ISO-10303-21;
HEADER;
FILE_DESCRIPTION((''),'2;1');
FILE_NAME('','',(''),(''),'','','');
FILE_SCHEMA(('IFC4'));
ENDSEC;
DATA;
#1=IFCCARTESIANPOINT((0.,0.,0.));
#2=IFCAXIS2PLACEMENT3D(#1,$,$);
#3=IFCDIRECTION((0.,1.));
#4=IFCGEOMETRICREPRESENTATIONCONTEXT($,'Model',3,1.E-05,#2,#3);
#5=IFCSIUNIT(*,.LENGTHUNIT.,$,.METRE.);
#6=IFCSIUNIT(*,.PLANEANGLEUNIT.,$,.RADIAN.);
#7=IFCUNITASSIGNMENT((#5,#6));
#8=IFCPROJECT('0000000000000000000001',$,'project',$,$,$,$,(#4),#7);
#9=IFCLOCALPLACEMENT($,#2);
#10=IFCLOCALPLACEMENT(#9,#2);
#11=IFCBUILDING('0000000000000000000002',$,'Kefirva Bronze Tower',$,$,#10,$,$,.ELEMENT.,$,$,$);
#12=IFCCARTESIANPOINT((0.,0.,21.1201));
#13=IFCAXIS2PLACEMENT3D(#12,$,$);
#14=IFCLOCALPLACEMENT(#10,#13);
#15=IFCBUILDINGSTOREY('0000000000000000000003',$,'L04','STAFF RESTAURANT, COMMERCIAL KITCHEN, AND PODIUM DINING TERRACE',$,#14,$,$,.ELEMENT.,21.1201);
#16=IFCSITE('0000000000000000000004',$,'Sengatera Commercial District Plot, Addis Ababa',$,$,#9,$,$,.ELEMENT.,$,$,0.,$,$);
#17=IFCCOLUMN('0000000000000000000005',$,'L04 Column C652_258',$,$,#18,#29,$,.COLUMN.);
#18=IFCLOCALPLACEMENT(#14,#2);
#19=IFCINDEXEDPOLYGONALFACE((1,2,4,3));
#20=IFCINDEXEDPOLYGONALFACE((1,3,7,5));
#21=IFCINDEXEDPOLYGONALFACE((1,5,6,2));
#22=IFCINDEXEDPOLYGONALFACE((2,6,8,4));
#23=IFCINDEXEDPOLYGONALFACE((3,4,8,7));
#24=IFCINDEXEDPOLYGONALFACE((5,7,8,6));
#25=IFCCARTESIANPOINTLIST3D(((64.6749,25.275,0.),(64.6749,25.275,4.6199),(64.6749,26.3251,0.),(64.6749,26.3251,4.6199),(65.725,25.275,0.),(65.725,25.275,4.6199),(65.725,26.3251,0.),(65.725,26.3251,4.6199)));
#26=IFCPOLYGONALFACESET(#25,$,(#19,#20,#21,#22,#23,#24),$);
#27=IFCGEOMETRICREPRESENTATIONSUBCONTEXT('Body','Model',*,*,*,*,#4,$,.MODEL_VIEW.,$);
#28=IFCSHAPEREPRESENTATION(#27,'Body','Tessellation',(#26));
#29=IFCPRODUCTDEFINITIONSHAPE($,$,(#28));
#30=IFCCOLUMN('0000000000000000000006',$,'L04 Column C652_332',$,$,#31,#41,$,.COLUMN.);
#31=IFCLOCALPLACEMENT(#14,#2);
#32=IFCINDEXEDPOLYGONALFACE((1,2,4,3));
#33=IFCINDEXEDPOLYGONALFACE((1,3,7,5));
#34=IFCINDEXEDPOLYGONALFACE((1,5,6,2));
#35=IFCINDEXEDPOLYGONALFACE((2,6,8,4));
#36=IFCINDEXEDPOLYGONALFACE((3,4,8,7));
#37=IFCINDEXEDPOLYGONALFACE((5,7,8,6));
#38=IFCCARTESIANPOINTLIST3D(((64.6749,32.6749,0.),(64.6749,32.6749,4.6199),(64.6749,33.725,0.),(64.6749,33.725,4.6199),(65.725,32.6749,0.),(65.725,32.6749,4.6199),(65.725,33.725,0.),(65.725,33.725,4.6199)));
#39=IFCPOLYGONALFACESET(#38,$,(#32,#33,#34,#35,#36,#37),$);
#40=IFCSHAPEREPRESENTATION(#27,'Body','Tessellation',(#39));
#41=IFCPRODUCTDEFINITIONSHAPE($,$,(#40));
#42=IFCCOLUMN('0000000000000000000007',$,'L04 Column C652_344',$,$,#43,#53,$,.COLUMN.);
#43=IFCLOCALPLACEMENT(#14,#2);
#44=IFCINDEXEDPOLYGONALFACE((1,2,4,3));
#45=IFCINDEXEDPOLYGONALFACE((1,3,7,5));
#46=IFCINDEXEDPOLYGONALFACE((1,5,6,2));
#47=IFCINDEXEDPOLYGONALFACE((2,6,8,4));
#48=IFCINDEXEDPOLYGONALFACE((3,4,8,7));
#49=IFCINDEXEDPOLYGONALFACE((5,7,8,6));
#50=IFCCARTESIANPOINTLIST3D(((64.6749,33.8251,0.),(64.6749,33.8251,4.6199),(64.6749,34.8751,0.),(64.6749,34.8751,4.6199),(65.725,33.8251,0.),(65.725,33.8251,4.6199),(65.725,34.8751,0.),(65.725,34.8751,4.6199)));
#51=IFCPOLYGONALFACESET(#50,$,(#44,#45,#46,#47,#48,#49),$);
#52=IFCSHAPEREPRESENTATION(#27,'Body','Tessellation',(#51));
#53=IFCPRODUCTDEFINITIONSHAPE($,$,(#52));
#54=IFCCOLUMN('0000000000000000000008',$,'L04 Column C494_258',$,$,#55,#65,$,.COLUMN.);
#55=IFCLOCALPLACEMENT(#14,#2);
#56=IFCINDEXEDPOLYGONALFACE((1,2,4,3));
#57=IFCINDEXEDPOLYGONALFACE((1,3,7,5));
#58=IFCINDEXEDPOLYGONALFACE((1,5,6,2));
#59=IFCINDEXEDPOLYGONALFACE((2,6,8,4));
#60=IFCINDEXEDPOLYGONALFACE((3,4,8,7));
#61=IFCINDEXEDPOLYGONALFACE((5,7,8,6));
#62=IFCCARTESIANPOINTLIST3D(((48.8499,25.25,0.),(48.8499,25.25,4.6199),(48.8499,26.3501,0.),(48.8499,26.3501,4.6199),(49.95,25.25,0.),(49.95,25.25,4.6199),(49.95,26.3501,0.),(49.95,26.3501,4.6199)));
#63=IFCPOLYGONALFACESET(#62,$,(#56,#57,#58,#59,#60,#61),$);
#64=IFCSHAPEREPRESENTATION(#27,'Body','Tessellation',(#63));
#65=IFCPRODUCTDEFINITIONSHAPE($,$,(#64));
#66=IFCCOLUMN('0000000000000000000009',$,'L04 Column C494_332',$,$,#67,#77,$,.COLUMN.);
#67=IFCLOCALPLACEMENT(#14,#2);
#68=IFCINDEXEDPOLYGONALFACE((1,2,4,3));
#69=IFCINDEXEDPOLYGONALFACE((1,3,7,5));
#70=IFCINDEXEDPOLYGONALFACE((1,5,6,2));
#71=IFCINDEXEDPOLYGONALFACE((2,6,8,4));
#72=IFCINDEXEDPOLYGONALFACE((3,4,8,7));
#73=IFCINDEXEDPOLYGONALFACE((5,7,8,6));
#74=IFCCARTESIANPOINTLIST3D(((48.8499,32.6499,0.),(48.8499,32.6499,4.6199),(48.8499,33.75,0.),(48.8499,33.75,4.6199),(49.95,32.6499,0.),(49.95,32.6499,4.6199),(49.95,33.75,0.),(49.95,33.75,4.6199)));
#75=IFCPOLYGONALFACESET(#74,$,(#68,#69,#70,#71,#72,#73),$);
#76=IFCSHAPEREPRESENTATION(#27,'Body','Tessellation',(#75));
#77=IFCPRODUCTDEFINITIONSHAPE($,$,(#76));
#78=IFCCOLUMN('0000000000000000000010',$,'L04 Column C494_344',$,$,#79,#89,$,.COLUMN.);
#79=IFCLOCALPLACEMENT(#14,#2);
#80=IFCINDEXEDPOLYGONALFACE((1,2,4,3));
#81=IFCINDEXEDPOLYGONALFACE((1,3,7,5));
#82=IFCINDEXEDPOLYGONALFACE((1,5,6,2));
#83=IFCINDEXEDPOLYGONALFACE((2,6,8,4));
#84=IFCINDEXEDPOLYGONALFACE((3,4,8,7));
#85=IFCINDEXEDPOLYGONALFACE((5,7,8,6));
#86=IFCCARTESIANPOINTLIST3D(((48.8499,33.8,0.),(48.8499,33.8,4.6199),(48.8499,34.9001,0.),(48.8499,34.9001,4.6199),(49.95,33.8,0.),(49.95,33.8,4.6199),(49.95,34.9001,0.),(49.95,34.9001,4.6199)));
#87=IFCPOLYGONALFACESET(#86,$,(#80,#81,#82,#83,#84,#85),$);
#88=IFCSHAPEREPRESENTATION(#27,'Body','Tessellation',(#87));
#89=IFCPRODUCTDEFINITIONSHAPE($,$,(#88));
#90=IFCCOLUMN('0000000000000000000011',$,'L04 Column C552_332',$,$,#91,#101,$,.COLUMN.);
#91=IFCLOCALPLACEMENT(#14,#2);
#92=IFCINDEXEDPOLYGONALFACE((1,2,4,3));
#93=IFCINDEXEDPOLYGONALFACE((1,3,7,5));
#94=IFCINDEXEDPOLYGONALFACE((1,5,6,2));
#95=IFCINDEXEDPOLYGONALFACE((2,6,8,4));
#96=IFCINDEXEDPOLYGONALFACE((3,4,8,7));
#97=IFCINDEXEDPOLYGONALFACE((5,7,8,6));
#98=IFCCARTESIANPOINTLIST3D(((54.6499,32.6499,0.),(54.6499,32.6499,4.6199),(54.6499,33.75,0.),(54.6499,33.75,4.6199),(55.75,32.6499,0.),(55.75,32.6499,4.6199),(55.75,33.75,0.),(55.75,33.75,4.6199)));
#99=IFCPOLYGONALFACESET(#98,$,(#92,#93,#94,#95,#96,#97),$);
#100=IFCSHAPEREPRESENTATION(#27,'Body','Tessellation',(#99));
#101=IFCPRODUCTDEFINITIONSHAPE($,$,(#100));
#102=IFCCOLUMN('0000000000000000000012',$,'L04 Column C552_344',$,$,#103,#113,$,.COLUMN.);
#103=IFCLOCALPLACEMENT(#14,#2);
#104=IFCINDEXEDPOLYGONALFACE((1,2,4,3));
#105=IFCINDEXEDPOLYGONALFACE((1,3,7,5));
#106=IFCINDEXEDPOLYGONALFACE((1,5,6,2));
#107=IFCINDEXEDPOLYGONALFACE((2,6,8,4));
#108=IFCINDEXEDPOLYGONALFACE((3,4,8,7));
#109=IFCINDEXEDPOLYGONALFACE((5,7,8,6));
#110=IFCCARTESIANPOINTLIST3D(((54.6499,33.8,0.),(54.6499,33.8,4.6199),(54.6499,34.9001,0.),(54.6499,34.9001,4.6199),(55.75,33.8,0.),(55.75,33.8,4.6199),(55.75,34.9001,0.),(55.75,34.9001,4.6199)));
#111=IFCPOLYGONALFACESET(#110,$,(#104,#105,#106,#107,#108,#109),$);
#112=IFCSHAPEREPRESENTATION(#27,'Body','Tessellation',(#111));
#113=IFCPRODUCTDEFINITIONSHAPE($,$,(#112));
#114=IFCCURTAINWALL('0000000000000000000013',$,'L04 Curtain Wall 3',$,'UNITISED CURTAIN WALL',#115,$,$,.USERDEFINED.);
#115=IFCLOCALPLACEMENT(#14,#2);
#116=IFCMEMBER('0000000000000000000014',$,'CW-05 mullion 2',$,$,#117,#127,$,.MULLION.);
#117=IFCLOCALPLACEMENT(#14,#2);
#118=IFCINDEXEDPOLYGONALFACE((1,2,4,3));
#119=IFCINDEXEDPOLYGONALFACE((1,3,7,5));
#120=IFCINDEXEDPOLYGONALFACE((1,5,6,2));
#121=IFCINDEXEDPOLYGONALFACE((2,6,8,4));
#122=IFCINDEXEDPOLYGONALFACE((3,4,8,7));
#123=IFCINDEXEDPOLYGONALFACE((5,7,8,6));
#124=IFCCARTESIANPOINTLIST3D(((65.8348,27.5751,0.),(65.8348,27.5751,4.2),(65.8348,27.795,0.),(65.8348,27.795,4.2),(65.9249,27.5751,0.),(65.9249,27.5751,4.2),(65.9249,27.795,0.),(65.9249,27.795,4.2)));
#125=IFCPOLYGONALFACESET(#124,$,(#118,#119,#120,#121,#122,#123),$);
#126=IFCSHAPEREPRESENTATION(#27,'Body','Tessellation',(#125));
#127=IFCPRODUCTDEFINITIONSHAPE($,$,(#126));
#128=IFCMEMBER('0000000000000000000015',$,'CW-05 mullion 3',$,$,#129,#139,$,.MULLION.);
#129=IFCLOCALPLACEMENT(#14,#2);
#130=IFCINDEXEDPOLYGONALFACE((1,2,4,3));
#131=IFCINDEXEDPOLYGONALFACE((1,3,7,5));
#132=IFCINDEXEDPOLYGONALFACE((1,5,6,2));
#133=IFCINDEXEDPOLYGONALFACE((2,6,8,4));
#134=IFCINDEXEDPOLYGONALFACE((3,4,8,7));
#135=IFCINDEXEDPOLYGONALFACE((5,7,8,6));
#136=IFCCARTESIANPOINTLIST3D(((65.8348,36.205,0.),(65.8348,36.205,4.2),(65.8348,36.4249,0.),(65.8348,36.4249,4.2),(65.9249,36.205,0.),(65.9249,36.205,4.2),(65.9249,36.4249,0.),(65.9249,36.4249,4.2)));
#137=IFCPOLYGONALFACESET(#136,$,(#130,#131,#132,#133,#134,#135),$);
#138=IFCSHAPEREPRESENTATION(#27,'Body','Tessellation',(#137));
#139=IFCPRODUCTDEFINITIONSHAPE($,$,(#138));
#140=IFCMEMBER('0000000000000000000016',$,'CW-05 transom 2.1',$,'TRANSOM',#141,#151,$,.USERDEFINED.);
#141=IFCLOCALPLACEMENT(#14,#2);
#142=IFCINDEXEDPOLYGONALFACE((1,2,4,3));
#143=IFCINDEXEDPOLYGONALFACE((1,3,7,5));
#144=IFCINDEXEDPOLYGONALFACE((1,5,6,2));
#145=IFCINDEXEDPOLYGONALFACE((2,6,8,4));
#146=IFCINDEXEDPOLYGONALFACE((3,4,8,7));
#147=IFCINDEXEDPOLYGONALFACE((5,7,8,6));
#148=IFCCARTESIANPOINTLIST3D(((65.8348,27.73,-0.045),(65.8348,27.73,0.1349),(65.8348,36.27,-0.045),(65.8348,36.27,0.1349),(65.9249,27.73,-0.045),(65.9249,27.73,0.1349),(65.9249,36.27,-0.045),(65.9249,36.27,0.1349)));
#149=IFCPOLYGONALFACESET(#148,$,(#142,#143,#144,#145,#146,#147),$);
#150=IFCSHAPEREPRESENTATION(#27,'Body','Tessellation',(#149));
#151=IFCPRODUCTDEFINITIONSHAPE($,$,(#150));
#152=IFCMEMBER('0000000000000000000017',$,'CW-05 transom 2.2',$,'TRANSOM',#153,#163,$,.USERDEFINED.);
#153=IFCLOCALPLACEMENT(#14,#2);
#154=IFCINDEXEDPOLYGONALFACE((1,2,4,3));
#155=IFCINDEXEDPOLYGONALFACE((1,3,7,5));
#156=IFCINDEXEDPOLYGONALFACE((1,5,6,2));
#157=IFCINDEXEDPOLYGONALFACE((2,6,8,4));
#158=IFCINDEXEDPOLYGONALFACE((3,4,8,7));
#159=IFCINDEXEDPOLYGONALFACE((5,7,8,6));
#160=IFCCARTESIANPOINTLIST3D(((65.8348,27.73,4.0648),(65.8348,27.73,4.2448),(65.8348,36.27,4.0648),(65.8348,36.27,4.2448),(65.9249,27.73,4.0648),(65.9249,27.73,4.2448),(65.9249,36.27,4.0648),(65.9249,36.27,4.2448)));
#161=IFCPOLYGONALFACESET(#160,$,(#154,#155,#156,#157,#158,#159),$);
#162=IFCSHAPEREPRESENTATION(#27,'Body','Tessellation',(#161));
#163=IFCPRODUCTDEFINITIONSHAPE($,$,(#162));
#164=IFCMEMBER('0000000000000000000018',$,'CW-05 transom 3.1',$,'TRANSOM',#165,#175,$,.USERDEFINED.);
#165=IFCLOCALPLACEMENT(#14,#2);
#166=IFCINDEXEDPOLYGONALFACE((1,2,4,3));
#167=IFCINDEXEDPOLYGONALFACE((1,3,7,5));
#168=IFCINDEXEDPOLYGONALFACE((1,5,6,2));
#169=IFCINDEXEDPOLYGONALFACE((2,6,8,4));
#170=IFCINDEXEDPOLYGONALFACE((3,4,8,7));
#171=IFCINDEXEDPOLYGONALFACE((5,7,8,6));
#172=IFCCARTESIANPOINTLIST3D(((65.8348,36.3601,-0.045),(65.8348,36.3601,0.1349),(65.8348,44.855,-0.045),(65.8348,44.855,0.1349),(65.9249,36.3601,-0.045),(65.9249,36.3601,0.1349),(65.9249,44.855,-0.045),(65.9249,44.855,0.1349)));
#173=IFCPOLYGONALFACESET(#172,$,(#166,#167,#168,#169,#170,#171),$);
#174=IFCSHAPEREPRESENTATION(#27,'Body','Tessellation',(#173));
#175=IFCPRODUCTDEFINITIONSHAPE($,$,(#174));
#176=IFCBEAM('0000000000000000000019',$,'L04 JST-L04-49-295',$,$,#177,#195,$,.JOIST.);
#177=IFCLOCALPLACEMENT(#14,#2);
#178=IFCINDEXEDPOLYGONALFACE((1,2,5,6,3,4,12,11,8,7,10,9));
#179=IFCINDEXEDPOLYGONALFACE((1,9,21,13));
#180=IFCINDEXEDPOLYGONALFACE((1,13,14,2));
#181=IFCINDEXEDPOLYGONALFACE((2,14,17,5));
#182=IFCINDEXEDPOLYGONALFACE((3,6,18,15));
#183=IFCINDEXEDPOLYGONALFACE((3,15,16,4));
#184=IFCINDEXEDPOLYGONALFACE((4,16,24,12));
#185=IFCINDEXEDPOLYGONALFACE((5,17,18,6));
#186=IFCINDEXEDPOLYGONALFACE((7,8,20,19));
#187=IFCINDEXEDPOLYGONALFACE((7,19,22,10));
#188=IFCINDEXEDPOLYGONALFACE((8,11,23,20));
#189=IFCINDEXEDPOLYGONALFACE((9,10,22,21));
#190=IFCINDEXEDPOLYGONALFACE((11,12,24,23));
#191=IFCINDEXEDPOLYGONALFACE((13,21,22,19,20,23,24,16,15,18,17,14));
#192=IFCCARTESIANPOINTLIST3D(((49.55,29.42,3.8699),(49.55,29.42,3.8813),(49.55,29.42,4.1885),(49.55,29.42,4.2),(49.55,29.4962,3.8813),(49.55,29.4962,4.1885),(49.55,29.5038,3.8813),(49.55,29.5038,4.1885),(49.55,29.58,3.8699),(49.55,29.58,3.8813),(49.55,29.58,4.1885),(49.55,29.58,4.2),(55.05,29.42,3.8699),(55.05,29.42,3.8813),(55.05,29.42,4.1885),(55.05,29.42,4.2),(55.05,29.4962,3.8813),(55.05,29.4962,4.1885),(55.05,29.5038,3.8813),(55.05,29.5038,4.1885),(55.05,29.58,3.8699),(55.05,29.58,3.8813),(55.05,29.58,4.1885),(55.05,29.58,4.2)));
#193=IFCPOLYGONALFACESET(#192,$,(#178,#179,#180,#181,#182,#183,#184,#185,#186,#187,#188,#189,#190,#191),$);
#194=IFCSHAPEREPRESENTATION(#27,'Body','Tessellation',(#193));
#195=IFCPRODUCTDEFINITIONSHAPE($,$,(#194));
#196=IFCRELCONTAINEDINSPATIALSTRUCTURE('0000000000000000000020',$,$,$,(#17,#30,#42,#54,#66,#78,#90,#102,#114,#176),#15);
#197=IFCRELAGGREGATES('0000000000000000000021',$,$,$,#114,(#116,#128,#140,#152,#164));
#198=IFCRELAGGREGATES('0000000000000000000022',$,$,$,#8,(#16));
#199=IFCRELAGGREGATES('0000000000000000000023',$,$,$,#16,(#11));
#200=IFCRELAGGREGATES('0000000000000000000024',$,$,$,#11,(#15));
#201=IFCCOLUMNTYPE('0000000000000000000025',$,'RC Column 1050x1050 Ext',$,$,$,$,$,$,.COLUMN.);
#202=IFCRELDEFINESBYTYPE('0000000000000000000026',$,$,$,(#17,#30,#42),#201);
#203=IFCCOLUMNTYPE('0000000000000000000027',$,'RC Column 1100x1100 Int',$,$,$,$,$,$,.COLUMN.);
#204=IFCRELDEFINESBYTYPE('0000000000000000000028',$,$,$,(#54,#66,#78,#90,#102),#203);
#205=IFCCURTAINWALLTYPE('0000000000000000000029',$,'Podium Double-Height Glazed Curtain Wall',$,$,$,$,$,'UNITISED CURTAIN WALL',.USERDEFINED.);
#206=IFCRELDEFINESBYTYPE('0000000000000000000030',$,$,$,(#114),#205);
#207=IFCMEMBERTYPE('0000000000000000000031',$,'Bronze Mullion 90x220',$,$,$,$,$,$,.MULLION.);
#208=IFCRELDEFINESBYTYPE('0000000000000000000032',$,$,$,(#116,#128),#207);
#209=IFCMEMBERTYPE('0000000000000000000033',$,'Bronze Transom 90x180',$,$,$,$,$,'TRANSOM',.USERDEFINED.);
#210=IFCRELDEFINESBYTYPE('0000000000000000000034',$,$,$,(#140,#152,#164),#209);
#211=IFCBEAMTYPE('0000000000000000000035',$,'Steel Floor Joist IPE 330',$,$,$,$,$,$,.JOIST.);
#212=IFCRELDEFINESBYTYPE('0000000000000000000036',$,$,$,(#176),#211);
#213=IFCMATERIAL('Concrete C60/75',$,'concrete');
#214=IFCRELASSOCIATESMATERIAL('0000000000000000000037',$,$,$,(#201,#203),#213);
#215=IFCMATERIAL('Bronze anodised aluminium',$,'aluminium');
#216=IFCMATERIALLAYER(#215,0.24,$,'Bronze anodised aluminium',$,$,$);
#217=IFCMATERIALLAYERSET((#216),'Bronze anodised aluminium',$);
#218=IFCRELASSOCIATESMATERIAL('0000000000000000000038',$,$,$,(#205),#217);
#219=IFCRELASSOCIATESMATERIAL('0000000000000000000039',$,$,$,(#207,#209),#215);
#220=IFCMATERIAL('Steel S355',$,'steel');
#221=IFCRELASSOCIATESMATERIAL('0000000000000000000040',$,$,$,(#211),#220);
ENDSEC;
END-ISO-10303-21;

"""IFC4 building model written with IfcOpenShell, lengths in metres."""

from ifc_helpers import new_model, si_unit, direction, frame, origin, origin_2d, place, context, subcontext, project, spatial, rectangle, i_section, extrude, material, layer, layer_set, material_profile, profile_set, type_object, element, aggregate, save


model = new_model("IFC4")

# Units and contexts
model_context = context("Model", 3, precision=1e-05, world=origin(), true_north=direction((0.0, 1.0)))
body_context = subcontext(model_context, "Body", "Model", "MODEL_VIEW")
ifc_project = project(units=[si_unit("LENGTHUNIT", "METRE"), si_unit("PLANEANGLEUNIT", "RADIAN")], contexts=[model_context])

# Site, building, storey
site_placement = place(None, origin())
site = spatial("IfcSite", under=ifc_project, at=site_placement, Name="Sengatera Commercial District Plot, Addis Ababa", CompositionType="ELEMENT", RefElevation=0.0)
building_placement = place(site_placement, origin())
building = spatial("IfcBuilding", under=site, at=building_placement, Name="Kefirva Bronze Tower", CompositionType="ELEMENT")
storey_placement = place(building_placement, frame((0.0, 0.0, 21.1201)))
storey = spatial("IfcBuildingStorey", under=building, at=storey_placement, Name="L04", Description="STAFF RESTAURANT, COMMERCIAL KITCHEN, AND PODIUM DINING TERRACE", CompositionType="ELEMENT", Elevation=21.1201)

# Columns
ifc_material_1 = material(Name="Concrete C60/75", Category="concrete")
ifc_material_profile_1 = material_profile(ifc_material_1, rectangle(XDim=1.05, YDim=1.05, at=origin_2d()), Name="RC 1050x1050")
ifc_profile_set_1 = profile_set([ifc_material_profile_1], Name="Concrete C60/75")
column_type_1 = type_object("IfcColumnType", Name="RC Column 1050x1050 Ext", PredefinedType="COLUMN", material=ifc_profile_set_1)
for number, where, z_axis, x_axis, name in (
    (1, (65.2, 25.8, 0.0), (0.0, 0.0, 1.0), (1.0, 0.0, 0.0), "L04 Column C652_258"),
    (2, (65.2, 33.2, 0.0), (0.0, 0.0, 1.0), (1.0, 0.0, 0.0), "L04 Column C652_332"),
    (3, (65.2, 34.3501, 0.0), (0.0, 0.0, 1.0), (1.0, 0.0, 0.0), "L04 Column C652_344"),
):
    element("IfcColumn", number, at=place(storey_placement, frame(where, z_axis=z_axis, x_axis=x_axis)), inside=storey, type_object=column_type_1, Name=name, PredefinedType="COLUMN", context=body_context, shape_type="SweptSolid", body=[
        extrude(rectangle(XDim=1.05, YDim=1.05, at=origin_2d()), origin(), (0.0, 0.0, 1.0), 4.6199),
    ])
ifc_material_profile_2 = material_profile(ifc_material_1, rectangle(XDim=1.1001, YDim=1.1001, at=origin_2d()), Name="RC 1100x1100")
ifc_profile_set_2 = profile_set([ifc_material_profile_2], Name="Concrete C60/75")
column_type_2 = type_object("IfcColumnType", Name="RC Column 1100x1100 Int", PredefinedType="COLUMN", material=ifc_profile_set_2)
for number, where, z_axis, x_axis, name in (
    (4, (49.3999, 25.8, 0.0), (0.0, 0.0, 1.0), (1.0, 0.0, 0.0), "L04 Column C494_258"),
    (5, (49.3999, 33.2, 0.0), (0.0, 0.0, 1.0), (1.0, 0.0, 0.0), "L04 Column C494_332"),
    (6, (49.3999, 34.3501, 0.0), (0.0, 0.0, 1.0), (1.0, 0.0, 0.0), "L04 Column C494_344"),
    (7, (55.2, 33.2, 0.0), (0.0, 0.0, 1.0), (1.0, 0.0, 0.0), "L04 Column C552_332"),
    (8, (55.2, 34.3501, 0.0), (0.0, 0.0, 1.0), (1.0, 0.0, 0.0), "L04 Column C552_344"),
):
    element("IfcColumn", number, at=place(storey_placement, frame(where, z_axis=z_axis, x_axis=x_axis)), inside=storey, type_object=column_type_2, Name=name, PredefinedType="COLUMN", context=body_context, shape_type="SweptSolid", body=[
        extrude(rectangle(XDim=1.1001, YDim=1.1001, at=origin_2d()), origin(), (0.0, 0.0, 1.0), 4.6199),
    ])

# Curtain wall, members
ifc_material_2 = material(Name="Bronze anodised aluminium", Category="aluminium")
ifc_layer_1 = layer(ifc_material_2, 0.24, Name="Bronze anodised aluminium")
ifc_layer_set_1 = layer_set([ifc_layer_1], Name="Bronze anodised aluminium")
curtain_wall_type = type_object("IfcCurtainWallType", Name="Podium Double-Height Glazed Curtain Wall", ElementType="UNITISED CURTAIN WALL", PredefinedType="USERDEFINED", material=ifc_layer_set_1)
curtain_wall_placement = place(storey_placement, origin())
curtain_wall = element("IfcCurtainWall", 9, at=curtain_wall_placement, inside=storey, type_object=curtain_wall_type, Name="L04 Curtain Wall 3", ObjectType="UNITISED CURTAIN WALL", PredefinedType="USERDEFINED")
ifc_material_profile_3 = material_profile(ifc_material_2, rectangle(XDim=0.0901, YDim=0.22, at=origin_2d()), Name="ALU 90x220")
ifc_profile_set_3 = profile_set([ifc_material_profile_3], Name="Bronze anodised aluminium")
member_type_1 = type_object("IfcMemberType", Name="Bronze Mullion 90x220", PredefinedType="MULLION", material=ifc_profile_set_3)
member_1_placement = place(storey_placement, frame((65.8799, 27.6851, 0.0), z_axis=(0.0, 0.0, 1.0), x_axis=(-1.0, 0.0, 0.0)))
member_1 = element("IfcMember", 10, at=member_1_placement, type_object=member_type_1, Name="CW-05 mullion 2", PredefinedType="MULLION", context=body_context, shape_type="SweptSolid", body=[
    extrude(rectangle(XDim=0.0901, YDim=0.22, at=origin_2d()), origin(), (0.0, 0.0, 1.0), 4.2),
])
member_2_placement = place(storey_placement, frame((65.8799, 36.3149, 0.0), z_axis=(0.0, 0.0, 1.0), x_axis=(-1.0, 0.0, 0.0)))
member_2 = element("IfcMember", 11, at=member_2_placement, type_object=member_type_1, Name="CW-05 mullion 3", PredefinedType="MULLION", context=body_context, shape_type="SweptSolid", body=[
    extrude(rectangle(XDim=0.0901, YDim=0.22, at=origin_2d()), origin(), (0.0, 0.0, 1.0), 4.2),
])
ifc_material_profile_4 = material_profile(ifc_material_2, rectangle(XDim=0.0901, YDim=0.1799, at=origin_2d()), Name="ALU 90x180")
ifc_profile_set_4 = profile_set([ifc_material_profile_4], Name="Bronze anodised aluminium")
member_type_2 = type_object("IfcMemberType", Name="Bronze Transom 90x180", ElementType="TRANSOM", PredefinedType="USERDEFINED", material=ifc_profile_set_4)
member_3_placement = place(storey_placement, frame((65.8799, 27.73, 0.0449), z_axis=(0.0, 1.0, 0.0), x_axis=(-1.0, 0.0, 0.0)))
member_3 = element("IfcMember", 12, at=member_3_placement, type_object=member_type_2, Name="CW-05 transom 2.1", ObjectType="TRANSOM", PredefinedType="USERDEFINED", context=body_context, shape_type="SweptSolid", body=[
    extrude(rectangle(XDim=0.0901, YDim=0.1799, at=origin_2d()), origin(), (0.0, 0.0, 1.0), 8.54),
])
member_4_placement = place(storey_placement, frame((65.8799, 27.73, 4.1548), z_axis=(0.0, 1.0, 0.0), x_axis=(-1.0, 0.0, 0.0)))
member_4 = element("IfcMember", 13, at=member_4_placement, type_object=member_type_2, Name="CW-05 transom 2.2", ObjectType="TRANSOM", PredefinedType="USERDEFINED", context=body_context, shape_type="SweptSolid", body=[
    extrude(rectangle(XDim=0.0901, YDim=0.1799, at=origin_2d()), origin(), (0.0, 0.0, 1.0), 8.54),
])
member_5_placement = place(storey_placement, frame((65.8799, 36.3601, 0.0449), z_axis=(0.0, 1.0, 0.0), x_axis=(-1.0, 0.0, 0.0)))
member_5 = element("IfcMember", 14, at=member_5_placement, type_object=member_type_2, Name="CW-05 transom 3.1", ObjectType="TRANSOM", PredefinedType="USERDEFINED", context=body_context, shape_type="SweptSolid", body=[
    extrude(rectangle(XDim=0.0901, YDim=0.1799, at=origin_2d()), origin(), (0.0, 0.0, 1.0), 8.4949),
])

# Beam
ifc_material_3 = material(Name="Steel S355", Category="steel")
ifc_material_profile_5 = material_profile(ifc_material_3, i_section(OverallWidth=0.1599, OverallDepth=0.3301, WebThickness=0.0076, FlangeThickness=0.0115, at=origin_2d()), Name="IPE 330")
ifc_profile_set_5 = profile_set([ifc_material_profile_5], Name="Steel S355")
beam_type_1 = type_object("IfcBeamType", Name="Steel Floor Joist IPE 330", PredefinedType="JOIST", material=ifc_profile_set_5)
beam_1_placement = place(storey_placement, frame((49.55, 29.5, 4.0349), z_axis=(1.0, 0.0, 0.0), x_axis=(0.0, 1.0, 0.0)))
element("IfcBeam", 15, at=beam_1_placement, inside=storey, type_object=beam_type_1, Name="L04 JST-L04-49-295", PredefinedType="JOIST", context=body_context, shape_type="SweptSolid", body=[
    extrude(i_section(OverallWidth=0.1599, OverallDepth=0.3301, WebThickness=0.0076, FlangeThickness=0.0115, at=origin_2d()), origin(), (0.0, 0.0, 1.0), 5.5),
])

aggregate(curtain_wall, [member_1, member_2, member_3, member_4, member_5])

save(model, "model.ifc")
